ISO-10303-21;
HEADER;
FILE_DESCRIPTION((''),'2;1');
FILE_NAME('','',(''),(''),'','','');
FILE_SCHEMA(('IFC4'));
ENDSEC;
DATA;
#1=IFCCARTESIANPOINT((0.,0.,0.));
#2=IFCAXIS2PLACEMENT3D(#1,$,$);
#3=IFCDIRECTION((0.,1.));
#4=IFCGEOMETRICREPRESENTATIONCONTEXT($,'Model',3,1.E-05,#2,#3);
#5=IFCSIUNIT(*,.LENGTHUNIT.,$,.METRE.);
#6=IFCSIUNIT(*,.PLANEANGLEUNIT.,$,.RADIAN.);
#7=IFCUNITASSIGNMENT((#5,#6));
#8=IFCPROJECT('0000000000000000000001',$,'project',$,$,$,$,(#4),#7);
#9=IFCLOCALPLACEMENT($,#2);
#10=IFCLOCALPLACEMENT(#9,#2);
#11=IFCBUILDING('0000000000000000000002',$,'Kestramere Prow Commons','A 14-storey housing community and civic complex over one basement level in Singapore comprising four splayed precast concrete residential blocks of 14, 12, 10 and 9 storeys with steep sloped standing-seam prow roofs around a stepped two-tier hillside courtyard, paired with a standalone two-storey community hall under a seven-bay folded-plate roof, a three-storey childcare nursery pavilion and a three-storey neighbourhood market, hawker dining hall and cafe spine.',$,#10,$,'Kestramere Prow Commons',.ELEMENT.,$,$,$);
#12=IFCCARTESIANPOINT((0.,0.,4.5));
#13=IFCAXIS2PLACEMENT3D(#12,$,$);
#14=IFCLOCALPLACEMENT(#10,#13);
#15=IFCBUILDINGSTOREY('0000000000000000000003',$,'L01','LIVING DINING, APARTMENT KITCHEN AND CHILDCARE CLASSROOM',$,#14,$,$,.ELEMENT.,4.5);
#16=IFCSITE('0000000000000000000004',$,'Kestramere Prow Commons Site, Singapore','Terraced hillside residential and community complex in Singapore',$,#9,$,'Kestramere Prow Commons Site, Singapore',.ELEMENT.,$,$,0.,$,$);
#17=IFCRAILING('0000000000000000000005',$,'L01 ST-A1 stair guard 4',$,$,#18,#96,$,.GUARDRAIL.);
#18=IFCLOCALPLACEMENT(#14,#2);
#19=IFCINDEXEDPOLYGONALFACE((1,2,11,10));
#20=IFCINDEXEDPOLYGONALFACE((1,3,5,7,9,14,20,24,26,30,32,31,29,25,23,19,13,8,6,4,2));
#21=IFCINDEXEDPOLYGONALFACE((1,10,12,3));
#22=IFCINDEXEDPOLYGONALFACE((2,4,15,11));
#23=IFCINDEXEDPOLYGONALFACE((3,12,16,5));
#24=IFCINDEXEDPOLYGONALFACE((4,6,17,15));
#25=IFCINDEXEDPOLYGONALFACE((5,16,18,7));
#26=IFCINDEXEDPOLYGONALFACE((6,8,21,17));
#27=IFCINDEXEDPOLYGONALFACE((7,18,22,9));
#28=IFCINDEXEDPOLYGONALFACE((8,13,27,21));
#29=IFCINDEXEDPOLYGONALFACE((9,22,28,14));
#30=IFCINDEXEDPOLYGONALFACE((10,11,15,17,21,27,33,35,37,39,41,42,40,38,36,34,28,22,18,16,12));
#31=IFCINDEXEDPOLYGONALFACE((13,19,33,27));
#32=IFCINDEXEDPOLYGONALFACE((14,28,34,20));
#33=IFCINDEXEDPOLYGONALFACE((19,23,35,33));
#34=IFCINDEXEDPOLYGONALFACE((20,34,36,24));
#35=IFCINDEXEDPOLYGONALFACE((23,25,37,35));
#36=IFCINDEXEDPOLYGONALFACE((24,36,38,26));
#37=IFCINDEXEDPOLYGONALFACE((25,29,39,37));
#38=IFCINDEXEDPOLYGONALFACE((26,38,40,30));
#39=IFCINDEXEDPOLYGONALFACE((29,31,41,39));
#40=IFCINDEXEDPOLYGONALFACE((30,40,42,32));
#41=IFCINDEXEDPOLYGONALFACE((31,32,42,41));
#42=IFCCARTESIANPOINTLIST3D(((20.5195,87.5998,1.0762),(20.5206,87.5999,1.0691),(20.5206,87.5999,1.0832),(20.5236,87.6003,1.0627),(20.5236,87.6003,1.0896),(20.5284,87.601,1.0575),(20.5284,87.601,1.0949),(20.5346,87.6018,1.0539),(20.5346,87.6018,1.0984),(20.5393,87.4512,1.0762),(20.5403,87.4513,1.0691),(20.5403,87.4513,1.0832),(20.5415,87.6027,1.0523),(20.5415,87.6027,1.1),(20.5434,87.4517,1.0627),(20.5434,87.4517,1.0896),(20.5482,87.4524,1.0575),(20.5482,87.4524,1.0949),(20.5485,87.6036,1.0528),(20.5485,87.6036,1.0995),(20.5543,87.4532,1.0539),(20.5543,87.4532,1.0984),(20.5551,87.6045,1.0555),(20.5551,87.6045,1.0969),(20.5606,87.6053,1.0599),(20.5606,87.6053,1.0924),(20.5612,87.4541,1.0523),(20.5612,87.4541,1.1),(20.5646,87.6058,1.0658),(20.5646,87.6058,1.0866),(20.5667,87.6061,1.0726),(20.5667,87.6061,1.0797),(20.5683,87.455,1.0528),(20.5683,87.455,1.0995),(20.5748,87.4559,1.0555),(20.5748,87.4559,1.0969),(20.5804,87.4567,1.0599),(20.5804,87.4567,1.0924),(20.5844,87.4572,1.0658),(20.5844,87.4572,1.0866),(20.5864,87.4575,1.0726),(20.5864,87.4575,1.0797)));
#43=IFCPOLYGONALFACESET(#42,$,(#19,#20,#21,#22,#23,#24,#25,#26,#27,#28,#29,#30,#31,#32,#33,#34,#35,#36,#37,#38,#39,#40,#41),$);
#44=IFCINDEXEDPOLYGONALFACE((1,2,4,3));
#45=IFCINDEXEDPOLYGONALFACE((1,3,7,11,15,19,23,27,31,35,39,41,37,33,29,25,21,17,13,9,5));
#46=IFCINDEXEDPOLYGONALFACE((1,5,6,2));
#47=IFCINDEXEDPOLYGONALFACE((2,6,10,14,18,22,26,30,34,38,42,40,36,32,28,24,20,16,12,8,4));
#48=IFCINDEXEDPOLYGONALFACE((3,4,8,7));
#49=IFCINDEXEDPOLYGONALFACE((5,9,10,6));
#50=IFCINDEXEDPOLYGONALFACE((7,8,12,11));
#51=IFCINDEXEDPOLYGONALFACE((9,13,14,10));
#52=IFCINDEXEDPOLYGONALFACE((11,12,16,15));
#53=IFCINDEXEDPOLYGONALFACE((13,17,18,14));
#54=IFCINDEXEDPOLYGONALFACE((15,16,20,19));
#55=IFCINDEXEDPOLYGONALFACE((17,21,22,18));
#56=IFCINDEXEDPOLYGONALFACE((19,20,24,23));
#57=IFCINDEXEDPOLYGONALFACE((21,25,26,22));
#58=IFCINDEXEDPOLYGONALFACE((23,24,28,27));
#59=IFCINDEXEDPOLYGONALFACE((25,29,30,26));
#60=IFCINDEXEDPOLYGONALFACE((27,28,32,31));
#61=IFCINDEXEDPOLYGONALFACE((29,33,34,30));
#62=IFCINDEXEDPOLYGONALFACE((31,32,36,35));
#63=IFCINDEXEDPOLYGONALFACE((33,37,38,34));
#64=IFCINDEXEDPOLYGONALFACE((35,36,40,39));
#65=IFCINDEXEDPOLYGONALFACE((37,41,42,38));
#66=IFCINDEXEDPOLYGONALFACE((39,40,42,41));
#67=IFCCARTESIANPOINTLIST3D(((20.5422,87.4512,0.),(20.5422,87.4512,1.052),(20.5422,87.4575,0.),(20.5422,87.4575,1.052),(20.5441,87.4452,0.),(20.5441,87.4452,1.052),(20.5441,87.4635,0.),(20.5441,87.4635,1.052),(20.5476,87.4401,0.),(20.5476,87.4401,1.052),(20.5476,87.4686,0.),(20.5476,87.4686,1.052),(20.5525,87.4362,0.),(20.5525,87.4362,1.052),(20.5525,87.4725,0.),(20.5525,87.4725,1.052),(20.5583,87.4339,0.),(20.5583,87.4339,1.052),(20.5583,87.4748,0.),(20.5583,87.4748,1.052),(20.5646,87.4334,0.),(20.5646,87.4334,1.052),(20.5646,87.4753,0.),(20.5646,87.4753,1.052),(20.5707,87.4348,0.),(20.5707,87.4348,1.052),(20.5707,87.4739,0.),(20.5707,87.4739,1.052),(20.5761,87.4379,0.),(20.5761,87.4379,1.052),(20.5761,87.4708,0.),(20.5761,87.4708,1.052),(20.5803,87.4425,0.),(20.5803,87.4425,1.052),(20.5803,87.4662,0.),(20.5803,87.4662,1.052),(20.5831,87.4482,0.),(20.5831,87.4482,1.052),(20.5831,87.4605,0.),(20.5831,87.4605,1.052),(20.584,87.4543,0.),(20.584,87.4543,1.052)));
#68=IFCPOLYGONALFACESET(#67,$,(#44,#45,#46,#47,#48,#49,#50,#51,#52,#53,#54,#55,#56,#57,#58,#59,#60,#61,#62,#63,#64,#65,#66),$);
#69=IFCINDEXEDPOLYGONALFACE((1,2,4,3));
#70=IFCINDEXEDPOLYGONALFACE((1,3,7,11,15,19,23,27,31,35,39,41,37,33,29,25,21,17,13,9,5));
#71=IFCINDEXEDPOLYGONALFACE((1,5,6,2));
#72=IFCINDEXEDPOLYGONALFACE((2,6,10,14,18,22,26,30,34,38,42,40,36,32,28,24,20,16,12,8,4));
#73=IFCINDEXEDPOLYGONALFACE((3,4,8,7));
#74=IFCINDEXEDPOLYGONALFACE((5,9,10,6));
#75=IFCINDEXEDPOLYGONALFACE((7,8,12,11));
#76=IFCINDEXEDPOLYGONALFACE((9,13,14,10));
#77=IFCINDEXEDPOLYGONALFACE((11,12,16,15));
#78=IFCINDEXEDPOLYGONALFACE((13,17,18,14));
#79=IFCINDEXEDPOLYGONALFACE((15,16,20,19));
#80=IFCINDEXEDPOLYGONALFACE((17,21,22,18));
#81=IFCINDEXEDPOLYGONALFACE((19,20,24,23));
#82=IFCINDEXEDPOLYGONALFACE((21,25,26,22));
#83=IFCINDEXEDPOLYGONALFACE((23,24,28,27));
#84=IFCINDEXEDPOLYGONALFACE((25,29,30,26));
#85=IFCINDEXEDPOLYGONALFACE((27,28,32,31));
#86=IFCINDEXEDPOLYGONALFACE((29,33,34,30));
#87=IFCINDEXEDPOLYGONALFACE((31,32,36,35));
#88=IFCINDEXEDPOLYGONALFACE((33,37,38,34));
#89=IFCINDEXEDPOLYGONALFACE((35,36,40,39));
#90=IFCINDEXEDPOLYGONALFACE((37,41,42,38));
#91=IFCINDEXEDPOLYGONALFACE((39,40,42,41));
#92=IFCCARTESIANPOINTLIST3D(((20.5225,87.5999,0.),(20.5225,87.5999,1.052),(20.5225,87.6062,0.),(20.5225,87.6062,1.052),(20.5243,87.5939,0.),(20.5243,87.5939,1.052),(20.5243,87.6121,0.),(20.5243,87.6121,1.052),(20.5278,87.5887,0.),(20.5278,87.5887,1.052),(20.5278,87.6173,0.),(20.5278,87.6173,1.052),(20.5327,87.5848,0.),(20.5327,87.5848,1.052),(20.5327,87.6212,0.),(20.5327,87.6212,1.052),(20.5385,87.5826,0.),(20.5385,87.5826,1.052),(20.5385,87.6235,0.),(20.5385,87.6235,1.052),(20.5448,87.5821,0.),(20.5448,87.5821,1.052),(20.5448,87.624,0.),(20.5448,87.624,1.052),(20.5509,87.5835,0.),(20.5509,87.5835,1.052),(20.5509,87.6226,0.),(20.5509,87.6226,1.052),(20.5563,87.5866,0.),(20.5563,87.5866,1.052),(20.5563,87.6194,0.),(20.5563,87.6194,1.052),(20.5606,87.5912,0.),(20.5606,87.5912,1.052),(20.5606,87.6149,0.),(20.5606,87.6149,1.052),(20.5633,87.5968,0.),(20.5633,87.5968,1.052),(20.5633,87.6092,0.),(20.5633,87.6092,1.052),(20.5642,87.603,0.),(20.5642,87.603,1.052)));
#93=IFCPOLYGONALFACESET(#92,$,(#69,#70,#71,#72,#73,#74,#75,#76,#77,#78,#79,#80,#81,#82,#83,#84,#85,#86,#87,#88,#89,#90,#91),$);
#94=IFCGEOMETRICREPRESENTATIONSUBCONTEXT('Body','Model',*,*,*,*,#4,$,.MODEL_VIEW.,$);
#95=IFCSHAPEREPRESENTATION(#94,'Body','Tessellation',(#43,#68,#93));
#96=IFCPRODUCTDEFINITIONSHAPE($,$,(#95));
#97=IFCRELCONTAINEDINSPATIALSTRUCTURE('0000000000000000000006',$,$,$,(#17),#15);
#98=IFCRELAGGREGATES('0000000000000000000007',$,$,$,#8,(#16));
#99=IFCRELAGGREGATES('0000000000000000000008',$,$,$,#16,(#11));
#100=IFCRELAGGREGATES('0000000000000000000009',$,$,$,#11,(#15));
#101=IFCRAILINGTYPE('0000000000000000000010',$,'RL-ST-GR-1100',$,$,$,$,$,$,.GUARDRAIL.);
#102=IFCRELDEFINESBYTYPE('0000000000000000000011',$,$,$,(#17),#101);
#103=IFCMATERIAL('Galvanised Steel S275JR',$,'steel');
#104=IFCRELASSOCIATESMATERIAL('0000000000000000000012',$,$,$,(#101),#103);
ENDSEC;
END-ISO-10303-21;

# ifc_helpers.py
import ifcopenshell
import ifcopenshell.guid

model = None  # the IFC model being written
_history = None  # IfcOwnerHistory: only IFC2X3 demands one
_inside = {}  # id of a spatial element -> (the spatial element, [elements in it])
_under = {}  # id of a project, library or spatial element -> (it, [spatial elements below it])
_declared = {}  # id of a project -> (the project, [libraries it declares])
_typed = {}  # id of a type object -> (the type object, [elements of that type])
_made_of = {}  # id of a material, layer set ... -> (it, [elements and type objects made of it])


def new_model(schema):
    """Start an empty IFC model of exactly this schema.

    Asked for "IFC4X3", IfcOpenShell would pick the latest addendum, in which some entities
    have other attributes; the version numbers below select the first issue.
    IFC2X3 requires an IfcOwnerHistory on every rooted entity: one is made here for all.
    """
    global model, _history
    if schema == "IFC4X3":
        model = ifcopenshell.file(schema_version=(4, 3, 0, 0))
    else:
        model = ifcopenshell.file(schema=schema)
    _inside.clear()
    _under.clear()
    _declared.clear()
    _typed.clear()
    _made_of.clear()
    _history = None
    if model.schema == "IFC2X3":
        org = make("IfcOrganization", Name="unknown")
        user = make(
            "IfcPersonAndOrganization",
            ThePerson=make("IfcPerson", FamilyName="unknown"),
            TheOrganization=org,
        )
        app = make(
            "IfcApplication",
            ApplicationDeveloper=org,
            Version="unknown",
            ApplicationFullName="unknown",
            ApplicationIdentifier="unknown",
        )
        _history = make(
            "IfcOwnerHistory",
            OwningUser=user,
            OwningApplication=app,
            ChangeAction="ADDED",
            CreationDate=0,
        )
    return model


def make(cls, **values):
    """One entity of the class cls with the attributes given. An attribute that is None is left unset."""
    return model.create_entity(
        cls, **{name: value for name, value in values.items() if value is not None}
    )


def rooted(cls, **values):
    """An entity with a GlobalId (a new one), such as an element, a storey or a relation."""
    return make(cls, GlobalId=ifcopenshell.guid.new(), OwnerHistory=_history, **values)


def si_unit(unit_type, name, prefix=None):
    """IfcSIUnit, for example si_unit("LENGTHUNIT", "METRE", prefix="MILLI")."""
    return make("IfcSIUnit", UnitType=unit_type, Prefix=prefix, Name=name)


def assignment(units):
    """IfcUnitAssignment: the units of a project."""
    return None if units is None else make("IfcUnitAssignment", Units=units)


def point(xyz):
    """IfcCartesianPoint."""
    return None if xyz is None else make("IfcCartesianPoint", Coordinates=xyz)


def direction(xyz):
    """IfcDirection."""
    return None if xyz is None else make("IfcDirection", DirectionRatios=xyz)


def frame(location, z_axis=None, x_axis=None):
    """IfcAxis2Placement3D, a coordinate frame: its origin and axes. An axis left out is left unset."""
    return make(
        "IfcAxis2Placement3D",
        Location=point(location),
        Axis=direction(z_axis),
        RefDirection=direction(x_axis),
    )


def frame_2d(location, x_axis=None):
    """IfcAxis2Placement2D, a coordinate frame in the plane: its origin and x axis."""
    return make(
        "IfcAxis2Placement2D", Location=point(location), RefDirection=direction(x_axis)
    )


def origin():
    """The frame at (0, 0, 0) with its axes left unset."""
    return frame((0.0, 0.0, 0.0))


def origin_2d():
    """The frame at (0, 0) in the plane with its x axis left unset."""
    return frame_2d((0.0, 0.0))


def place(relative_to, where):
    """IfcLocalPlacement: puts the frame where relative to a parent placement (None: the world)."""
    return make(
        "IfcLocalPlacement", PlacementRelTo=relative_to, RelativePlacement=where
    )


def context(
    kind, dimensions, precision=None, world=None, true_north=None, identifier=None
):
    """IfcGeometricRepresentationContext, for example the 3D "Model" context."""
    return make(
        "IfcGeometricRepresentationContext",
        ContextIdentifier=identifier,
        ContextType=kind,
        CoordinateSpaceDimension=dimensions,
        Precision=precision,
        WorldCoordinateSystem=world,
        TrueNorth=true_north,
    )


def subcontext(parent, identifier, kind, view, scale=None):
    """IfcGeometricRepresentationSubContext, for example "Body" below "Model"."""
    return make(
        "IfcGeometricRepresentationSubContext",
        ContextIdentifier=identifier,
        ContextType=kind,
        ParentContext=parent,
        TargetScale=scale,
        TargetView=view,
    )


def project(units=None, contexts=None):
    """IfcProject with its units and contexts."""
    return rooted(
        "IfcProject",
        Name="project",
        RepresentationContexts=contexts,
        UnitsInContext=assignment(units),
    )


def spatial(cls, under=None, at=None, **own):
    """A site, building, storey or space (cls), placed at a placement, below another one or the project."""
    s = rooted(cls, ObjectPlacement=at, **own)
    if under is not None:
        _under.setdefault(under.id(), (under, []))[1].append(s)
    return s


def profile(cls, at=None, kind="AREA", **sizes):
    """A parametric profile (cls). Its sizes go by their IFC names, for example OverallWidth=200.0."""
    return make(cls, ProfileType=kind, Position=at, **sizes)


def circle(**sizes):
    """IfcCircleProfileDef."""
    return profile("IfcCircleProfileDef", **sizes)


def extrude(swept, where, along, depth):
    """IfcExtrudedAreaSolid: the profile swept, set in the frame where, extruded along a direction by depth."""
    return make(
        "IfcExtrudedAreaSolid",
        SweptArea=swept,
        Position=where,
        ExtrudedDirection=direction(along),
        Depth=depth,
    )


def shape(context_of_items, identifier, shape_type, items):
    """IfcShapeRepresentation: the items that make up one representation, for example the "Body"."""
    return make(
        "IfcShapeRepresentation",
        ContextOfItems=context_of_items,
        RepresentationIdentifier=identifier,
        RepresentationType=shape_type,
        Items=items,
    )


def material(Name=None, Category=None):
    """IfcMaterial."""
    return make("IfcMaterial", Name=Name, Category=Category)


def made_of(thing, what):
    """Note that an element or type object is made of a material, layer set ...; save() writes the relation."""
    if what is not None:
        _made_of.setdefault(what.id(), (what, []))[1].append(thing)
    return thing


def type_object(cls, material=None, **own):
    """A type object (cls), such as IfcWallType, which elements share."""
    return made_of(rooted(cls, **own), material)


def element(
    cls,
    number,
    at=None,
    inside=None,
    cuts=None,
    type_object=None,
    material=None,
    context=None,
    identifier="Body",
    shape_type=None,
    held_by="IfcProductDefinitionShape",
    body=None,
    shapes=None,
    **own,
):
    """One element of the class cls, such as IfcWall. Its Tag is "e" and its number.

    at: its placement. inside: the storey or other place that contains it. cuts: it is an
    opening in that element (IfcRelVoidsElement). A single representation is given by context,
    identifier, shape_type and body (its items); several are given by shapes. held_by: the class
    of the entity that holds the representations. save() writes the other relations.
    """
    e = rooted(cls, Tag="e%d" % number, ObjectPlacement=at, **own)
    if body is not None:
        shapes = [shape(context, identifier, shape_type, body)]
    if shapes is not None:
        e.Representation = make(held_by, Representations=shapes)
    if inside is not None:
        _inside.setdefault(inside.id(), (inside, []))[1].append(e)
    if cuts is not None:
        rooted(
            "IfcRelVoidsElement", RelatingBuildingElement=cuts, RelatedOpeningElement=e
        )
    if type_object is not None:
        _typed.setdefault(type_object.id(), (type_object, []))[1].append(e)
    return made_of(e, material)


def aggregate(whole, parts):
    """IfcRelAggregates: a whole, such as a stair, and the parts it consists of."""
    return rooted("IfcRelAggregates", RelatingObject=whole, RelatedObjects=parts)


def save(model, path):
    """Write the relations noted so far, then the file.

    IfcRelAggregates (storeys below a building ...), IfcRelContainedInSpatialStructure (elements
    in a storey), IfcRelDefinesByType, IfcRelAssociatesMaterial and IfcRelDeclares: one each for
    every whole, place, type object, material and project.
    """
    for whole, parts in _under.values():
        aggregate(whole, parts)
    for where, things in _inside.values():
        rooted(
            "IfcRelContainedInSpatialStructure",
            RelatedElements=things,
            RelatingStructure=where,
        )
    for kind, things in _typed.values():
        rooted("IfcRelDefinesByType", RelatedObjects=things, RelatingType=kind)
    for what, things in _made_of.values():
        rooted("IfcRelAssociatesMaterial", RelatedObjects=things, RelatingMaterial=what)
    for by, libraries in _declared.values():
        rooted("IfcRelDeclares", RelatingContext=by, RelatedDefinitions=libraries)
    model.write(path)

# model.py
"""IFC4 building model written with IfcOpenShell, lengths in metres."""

from ifc_helpers import new_model, si_unit, direction, frame, origin, origin_2d, place, context, subcontext, project, spatial, circle, extrude, material, type_object, element, save


model = new_model("IFC4")

# Units and contexts
model_context = context("Model", 3, precision=1e-05, world=origin(), true_north=direction((0.0, 1.0)))
body_context = subcontext(model_context, "Body", "Model", "MODEL_VIEW")
ifc_project = project(units=[si_unit("LENGTHUNIT", "METRE"), si_unit("PLANEANGLEUNIT", "RADIAN")], contexts=[model_context])

# Site, building, storey
site_placement = place(None, origin())
site = spatial("IfcSite", under=ifc_project, at=site_placement, Name="Kestramere Prow Commons Site, Singapore", Description="Terraced hillside residential and community complex in Singapore", LongName="Kestramere Prow Commons Site, Singapore", CompositionType="ELEMENT", RefElevation=0.0)
building_placement = place(site_placement, origin())
building = spatial("IfcBuilding", under=site, at=building_placement, Name="Kestramere Prow Commons", Description="A 14-storey housing community and civic complex over one basement level in Singapore comprising four splayed precast concrete residential blocks of 14, 12, 10 and 9 storeys with steep sloped standing-seam prow roofs around a stepped two-tier hillside courtyard, paired with a standalone two-storey community hall under a seven-bay folded-plate roof, a three-storey childcare nursery pavilion and a three-storey neighbourhood market, hawker dining hall and cafe spine.", LongName="Kestramere Prow Commons", CompositionType="ELEMENT")
storey_placement = place(building_placement, frame((0.0, 0.0, 4.5)))
storey = spatial("IfcBuildingStorey", under=building, at=storey_placement, Name="L01", Description="LIVING DINING, APARTMENT KITCHEN AND CHILDCARE CLASSROOM", CompositionType="ELEMENT", Elevation=4.5)

# Railing
ifc_material_1 = material(Name="Galvanised Steel S275JR", Category="steel")
railing_type_1 = type_object("IfcRailingType", Name="RL-ST-GR-1100", PredefinedType="GUARDRAIL", material=ifc_material_1)
railing_1_placement = place(storey_placement, frame((20.563, 87.4543, 0.0)))
element("IfcRailing", 1, at=railing_1_placement, inside=storey, type_object=railing_type_1, Name="L01 ST-A1 stair guard 4", PredefinedType="GUARDRAIL", context=body_context, shape_type="SweptSolid", body=[
    extrude(circle(Radius=0.0239, at=origin_2d()), frame((0.0, 0.0, 1.0762), z_axis=(-0.131844, 0.99127, 0.0), x_axis=(-0.99127, -0.131844, 0.0)), (0.0, 0.0, 1.0), 0.1499),
    extrude(circle(Radius=0.021, at=origin_2d()), origin(), (0.0, 0.0, 1.0), 1.052),
    extrude(circle(Radius=0.021, at=origin_2d()), frame((-0.0198, 0.1487, 0.0)), (0.0, 0.0, 1.0), 1.052),
])

save(model, "model.ifc")
